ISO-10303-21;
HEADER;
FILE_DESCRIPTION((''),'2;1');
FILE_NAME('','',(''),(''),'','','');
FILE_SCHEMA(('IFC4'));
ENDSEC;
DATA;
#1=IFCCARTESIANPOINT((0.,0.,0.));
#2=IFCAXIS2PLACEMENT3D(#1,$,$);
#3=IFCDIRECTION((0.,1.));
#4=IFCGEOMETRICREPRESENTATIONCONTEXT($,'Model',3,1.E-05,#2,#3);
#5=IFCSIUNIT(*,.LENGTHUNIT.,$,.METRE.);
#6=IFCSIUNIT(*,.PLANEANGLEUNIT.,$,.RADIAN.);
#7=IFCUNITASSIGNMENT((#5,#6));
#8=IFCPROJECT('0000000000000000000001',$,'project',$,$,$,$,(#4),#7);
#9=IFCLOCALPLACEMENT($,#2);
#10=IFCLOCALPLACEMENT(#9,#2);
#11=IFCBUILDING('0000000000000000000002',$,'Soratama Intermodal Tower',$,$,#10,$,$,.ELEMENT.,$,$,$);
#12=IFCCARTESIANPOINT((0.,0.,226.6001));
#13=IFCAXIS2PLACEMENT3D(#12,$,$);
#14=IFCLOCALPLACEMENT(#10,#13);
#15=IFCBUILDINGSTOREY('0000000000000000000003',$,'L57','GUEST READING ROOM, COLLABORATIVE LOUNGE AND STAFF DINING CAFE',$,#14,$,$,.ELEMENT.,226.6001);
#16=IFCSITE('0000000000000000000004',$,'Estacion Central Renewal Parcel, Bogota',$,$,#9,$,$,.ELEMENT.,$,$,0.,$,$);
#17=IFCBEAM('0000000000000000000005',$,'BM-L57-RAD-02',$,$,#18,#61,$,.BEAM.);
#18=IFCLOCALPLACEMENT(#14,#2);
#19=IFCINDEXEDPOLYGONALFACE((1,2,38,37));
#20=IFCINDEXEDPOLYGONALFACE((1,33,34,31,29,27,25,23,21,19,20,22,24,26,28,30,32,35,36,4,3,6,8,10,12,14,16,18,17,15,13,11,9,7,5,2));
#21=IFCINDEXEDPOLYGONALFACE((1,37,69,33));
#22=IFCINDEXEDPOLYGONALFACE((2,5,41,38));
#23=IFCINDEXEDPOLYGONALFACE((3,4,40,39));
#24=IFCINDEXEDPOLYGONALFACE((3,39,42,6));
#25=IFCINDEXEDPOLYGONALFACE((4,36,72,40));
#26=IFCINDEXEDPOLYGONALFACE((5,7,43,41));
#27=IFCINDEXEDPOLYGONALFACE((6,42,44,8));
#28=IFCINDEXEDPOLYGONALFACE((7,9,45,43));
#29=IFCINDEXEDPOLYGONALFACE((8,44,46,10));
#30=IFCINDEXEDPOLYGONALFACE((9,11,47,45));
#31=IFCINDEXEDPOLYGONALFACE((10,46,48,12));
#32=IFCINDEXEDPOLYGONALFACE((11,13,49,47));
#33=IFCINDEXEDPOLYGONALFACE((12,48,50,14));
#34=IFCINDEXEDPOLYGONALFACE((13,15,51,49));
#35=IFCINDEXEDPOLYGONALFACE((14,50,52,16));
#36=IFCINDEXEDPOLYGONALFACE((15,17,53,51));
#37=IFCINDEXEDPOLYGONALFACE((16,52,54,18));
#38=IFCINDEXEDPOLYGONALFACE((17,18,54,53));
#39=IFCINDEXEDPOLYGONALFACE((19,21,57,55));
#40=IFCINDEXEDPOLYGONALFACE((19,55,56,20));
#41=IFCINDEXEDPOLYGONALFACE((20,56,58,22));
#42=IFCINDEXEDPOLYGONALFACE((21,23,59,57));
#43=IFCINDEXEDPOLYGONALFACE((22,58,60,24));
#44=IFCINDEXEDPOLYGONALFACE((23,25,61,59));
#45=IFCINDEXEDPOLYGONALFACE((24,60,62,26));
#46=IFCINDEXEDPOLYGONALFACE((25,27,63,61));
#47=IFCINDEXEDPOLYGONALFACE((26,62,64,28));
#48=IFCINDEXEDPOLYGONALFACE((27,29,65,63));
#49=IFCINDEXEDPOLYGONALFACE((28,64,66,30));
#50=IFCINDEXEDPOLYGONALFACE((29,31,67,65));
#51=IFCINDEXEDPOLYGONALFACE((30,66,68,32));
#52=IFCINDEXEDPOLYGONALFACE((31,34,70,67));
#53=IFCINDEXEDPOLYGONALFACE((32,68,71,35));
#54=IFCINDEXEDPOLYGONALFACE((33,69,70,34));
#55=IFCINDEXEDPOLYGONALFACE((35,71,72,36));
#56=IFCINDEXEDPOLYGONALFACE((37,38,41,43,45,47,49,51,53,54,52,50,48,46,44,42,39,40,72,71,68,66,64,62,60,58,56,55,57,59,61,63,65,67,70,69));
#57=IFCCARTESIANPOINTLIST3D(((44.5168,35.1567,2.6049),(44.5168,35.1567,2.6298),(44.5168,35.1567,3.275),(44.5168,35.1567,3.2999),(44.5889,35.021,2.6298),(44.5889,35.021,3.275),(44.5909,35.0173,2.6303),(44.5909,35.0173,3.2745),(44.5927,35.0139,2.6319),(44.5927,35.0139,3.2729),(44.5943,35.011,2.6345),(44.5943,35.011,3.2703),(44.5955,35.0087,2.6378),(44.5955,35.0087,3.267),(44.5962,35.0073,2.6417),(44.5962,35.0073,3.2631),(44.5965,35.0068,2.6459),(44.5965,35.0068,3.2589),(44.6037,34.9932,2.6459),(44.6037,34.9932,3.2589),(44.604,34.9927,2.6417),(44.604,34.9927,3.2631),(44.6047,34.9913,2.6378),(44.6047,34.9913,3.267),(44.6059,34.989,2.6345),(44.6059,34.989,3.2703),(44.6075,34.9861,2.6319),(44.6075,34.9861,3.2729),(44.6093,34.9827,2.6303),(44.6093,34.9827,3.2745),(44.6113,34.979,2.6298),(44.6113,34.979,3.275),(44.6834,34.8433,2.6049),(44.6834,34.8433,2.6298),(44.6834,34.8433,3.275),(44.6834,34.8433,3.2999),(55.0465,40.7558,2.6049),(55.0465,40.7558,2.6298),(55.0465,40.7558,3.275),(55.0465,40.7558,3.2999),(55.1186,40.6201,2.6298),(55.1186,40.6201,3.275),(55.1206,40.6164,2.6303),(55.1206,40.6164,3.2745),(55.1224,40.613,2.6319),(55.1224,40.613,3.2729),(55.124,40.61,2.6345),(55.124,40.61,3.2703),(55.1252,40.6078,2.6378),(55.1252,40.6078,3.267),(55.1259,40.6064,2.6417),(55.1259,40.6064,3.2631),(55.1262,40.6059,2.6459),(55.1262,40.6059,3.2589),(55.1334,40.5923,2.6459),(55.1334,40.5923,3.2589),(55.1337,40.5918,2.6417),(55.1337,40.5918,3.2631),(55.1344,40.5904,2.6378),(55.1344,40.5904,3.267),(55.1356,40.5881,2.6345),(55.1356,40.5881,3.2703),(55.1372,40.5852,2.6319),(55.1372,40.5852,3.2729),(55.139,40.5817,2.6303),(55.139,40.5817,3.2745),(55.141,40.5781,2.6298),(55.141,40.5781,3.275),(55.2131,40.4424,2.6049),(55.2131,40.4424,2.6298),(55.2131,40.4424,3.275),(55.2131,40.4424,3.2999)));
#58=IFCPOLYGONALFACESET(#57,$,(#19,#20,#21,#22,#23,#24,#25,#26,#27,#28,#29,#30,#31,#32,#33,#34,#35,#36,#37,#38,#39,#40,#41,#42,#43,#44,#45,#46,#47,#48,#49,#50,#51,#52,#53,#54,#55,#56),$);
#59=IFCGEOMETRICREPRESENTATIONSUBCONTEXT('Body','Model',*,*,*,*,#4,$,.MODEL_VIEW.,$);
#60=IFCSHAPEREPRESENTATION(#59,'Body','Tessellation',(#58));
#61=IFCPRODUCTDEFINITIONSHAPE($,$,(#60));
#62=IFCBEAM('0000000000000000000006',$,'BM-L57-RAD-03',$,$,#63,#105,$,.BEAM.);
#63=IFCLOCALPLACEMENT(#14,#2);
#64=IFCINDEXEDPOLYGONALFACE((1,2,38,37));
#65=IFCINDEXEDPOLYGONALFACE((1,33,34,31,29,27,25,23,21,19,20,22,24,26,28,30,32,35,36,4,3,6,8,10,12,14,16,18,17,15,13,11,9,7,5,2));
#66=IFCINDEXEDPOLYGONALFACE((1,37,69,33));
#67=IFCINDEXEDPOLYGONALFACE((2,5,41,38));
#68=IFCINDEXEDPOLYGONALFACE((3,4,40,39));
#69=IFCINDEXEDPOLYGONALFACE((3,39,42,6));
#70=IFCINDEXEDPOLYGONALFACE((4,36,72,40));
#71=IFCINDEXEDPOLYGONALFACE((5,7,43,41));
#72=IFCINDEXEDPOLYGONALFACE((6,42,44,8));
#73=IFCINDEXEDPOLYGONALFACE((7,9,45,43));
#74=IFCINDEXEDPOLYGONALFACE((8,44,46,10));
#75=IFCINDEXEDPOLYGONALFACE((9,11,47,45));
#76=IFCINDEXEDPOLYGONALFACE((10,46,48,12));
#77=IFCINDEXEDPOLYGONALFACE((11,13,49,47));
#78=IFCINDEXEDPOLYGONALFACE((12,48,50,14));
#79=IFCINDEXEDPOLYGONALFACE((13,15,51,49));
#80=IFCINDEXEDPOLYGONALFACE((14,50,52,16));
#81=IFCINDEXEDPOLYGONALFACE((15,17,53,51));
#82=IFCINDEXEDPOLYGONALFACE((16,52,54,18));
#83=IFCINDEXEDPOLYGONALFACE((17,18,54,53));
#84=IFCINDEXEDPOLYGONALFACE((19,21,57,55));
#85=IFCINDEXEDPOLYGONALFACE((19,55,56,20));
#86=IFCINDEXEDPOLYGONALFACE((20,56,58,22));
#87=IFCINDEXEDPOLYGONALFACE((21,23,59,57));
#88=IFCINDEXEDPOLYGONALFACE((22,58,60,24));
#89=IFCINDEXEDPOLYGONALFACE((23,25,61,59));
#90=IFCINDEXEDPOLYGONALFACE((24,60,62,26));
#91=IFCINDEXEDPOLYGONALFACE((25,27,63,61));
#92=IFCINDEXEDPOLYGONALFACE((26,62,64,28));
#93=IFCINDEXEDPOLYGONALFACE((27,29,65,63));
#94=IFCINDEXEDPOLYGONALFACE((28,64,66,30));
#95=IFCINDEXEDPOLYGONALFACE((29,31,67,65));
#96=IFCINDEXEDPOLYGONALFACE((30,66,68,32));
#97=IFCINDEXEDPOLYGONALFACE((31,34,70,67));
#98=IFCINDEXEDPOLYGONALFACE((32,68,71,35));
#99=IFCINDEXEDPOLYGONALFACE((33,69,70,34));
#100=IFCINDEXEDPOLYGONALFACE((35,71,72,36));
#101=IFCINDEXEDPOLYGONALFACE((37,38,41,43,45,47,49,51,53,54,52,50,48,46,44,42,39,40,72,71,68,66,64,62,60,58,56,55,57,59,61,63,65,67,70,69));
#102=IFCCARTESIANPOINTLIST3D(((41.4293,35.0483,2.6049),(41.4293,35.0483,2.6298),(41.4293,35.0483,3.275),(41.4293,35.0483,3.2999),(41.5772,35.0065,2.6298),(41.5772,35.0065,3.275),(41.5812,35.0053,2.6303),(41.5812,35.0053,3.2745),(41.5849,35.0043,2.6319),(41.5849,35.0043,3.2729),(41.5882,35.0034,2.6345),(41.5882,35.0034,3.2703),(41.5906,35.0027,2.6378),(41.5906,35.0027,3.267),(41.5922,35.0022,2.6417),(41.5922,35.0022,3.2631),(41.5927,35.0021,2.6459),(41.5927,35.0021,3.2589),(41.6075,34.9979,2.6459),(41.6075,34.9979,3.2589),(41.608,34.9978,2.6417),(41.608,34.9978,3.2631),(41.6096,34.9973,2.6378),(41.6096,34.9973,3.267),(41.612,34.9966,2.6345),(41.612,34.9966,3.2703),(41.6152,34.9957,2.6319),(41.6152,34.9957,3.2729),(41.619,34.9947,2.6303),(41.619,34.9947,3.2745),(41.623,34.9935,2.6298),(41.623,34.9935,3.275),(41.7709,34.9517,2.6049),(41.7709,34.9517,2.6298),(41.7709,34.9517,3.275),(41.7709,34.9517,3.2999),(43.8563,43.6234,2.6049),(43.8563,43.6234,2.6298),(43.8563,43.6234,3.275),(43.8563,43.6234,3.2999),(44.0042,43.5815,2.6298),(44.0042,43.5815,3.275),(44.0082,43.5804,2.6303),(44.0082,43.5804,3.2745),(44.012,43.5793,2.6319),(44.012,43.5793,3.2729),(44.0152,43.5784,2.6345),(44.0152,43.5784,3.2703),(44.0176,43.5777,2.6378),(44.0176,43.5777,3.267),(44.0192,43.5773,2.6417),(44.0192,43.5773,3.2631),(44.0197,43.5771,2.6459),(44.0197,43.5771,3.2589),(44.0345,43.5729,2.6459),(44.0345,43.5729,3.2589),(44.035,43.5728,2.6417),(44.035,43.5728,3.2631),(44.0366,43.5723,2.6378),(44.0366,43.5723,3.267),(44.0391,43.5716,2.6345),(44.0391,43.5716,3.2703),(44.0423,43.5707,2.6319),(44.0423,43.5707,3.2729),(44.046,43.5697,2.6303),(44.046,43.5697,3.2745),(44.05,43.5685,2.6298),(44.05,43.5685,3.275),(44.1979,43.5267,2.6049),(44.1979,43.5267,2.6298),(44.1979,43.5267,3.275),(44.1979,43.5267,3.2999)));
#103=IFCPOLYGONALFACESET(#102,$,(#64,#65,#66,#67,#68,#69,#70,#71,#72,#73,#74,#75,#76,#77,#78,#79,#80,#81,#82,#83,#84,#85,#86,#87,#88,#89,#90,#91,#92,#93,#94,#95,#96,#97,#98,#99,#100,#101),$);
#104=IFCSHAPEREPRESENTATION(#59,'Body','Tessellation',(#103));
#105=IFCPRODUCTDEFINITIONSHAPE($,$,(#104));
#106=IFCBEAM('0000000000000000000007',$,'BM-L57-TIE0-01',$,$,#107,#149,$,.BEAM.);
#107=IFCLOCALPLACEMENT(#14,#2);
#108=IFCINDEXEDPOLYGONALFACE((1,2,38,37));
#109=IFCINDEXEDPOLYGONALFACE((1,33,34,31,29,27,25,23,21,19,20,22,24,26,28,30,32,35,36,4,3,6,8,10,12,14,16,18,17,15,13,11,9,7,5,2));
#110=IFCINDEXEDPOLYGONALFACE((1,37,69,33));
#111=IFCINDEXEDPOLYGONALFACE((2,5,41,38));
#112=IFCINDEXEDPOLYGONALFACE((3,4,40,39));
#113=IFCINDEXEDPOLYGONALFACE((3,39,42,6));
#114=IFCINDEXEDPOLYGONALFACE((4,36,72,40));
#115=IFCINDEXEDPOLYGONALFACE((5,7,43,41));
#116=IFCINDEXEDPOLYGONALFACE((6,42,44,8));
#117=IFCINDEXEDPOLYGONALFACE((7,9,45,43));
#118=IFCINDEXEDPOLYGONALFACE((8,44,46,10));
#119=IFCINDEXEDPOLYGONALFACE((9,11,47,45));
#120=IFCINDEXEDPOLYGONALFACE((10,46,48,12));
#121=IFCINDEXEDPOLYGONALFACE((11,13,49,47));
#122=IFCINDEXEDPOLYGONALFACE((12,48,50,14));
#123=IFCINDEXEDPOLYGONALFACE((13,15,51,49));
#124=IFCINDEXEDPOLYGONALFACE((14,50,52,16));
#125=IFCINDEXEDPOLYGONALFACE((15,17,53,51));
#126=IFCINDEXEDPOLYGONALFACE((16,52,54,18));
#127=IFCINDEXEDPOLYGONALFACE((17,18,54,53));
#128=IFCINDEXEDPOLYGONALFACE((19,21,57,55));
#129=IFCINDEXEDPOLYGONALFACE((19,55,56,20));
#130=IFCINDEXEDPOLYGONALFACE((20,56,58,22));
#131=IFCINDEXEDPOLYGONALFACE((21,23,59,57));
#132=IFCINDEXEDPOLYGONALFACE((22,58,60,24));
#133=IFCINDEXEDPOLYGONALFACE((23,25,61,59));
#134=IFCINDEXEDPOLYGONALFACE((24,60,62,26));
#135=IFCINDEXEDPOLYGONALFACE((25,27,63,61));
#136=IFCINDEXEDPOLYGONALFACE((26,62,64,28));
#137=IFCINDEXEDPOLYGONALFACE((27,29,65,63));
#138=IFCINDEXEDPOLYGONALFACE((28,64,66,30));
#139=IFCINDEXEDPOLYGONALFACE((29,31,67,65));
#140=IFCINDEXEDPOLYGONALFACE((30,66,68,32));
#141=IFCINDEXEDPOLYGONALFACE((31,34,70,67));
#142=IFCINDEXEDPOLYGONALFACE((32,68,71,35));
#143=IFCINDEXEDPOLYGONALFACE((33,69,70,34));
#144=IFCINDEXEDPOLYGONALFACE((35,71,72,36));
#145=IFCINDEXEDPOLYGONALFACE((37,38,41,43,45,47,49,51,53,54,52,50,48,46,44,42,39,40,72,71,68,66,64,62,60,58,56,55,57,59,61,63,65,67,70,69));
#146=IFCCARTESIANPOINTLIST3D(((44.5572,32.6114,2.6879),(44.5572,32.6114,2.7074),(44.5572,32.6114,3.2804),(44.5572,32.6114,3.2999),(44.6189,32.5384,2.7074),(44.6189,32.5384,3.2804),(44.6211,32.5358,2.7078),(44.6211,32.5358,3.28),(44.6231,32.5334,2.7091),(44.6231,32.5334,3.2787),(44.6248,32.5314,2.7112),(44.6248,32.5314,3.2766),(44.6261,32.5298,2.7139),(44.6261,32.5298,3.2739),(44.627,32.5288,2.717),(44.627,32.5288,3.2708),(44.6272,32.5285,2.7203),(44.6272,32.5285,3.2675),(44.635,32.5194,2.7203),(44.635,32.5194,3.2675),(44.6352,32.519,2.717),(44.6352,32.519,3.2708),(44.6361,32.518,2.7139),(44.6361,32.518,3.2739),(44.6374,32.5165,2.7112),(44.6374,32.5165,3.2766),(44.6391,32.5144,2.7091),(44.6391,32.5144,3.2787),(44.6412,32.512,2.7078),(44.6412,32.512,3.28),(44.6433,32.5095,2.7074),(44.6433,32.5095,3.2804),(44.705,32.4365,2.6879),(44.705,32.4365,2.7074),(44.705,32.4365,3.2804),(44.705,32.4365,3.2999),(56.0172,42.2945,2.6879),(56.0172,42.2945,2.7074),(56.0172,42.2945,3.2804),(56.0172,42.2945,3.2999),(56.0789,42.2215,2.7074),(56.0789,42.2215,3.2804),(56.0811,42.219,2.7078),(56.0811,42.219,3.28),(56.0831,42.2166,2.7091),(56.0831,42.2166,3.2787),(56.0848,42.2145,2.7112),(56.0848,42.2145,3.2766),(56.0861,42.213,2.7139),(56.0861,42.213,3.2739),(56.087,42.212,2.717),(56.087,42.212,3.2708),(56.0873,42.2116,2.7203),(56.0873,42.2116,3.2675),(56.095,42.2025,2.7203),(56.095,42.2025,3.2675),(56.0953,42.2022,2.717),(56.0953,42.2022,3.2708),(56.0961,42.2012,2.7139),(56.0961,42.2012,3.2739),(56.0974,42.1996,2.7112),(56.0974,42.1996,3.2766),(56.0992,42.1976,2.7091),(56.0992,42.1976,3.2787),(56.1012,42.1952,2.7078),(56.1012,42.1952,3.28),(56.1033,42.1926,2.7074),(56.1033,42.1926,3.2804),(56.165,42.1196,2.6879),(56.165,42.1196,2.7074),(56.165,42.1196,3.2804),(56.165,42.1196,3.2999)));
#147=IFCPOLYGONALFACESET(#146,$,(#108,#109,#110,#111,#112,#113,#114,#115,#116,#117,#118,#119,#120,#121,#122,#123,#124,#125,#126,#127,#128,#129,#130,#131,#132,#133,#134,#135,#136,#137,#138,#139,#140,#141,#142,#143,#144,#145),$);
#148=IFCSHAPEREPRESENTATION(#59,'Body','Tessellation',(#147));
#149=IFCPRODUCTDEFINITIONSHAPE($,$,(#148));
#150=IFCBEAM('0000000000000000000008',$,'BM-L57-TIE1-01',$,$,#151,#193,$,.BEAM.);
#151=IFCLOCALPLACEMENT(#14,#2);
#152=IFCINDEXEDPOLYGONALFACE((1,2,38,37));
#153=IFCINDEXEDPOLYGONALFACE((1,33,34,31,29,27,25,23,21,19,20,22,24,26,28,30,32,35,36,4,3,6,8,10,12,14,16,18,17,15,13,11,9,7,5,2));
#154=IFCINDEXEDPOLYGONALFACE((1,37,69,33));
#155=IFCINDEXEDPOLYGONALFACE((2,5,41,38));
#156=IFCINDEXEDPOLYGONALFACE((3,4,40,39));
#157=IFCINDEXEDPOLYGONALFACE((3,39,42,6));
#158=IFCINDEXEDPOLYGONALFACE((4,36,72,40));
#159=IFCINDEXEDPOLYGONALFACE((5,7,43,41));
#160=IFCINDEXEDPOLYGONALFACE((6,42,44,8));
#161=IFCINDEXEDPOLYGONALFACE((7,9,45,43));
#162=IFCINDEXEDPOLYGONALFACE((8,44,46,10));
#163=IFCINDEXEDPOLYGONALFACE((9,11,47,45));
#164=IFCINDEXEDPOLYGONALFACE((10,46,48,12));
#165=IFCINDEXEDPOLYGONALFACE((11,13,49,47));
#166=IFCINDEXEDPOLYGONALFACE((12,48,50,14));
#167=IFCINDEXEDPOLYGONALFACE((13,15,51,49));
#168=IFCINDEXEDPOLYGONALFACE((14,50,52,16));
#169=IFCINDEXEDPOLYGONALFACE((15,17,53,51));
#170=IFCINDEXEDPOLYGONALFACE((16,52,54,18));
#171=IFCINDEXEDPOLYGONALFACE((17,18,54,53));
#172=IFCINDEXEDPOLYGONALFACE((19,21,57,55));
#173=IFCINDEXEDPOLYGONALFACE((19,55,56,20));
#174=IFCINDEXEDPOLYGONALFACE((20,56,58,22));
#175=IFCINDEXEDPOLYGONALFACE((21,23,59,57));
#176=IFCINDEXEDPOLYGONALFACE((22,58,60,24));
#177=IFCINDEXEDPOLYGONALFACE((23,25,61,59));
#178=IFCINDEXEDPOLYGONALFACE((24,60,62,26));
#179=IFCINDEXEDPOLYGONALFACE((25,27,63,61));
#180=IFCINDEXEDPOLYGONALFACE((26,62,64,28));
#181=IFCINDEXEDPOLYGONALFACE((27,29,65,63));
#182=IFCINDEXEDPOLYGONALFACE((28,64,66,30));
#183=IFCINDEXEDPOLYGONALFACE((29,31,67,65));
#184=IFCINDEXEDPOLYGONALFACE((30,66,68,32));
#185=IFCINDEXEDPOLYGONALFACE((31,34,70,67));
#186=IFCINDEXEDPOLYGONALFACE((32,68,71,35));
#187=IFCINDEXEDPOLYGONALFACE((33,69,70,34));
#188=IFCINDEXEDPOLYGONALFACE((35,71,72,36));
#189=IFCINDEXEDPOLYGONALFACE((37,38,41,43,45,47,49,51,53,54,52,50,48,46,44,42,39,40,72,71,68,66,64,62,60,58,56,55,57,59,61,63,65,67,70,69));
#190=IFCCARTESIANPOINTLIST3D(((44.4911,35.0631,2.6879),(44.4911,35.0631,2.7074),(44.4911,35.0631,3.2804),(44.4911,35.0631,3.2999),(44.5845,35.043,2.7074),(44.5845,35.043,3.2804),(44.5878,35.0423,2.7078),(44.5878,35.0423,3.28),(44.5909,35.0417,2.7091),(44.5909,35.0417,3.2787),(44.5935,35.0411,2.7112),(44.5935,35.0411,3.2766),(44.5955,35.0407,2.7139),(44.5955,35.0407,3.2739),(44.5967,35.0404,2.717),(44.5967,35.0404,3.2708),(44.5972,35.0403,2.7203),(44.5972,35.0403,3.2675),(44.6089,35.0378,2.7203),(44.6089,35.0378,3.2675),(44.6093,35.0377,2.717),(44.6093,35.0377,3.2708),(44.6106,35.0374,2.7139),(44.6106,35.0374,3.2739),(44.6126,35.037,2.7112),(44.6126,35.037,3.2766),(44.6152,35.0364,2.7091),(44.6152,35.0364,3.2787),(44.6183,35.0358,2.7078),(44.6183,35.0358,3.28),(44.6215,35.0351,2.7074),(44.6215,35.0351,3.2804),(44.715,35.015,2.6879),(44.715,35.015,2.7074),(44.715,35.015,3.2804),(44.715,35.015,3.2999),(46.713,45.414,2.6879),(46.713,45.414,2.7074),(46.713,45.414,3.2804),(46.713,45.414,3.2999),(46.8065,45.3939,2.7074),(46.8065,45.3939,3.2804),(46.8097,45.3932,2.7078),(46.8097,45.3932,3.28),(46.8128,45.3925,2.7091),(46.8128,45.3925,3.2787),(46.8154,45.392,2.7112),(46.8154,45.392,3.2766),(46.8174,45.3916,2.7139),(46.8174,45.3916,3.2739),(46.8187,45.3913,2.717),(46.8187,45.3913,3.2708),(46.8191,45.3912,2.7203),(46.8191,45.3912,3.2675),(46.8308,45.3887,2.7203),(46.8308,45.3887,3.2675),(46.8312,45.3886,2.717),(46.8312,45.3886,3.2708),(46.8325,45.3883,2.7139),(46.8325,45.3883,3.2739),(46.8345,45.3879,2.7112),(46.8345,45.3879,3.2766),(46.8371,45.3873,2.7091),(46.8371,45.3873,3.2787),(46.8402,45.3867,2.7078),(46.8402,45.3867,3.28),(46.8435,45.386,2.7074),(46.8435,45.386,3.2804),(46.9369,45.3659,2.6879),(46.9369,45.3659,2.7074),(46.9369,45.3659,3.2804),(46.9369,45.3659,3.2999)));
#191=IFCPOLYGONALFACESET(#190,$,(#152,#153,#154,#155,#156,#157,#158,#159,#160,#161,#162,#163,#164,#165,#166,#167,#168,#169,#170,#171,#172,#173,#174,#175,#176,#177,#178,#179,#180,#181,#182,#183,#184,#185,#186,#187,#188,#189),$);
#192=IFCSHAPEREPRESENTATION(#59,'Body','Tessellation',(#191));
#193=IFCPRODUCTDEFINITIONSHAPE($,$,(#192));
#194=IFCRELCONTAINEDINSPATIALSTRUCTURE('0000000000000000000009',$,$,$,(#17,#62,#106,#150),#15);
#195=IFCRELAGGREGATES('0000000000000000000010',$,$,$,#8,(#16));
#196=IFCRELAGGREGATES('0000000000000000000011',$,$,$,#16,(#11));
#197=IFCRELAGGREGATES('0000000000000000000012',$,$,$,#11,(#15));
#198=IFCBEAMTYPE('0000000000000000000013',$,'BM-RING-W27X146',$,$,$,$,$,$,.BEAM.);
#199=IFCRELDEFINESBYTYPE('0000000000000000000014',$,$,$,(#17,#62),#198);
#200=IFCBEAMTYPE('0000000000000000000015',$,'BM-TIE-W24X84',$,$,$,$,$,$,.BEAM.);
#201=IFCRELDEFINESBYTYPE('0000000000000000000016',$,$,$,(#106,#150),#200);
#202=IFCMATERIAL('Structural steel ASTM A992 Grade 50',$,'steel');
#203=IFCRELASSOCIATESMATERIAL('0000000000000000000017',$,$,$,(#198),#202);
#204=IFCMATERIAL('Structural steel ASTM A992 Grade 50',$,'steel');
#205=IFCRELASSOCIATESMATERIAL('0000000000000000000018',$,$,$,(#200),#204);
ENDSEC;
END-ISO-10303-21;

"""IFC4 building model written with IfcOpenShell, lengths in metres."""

from ifc_helpers import new_model, si_unit, direction, frame, origin, origin_2d, place, context, subcontext, project, spatial, i_section, extrude, material, material_profile, profile_set, type_object, element, save


model = new_model("IFC4")

# Units and contexts
model_context = context("Model", 3, precision=1e-05, world=origin(), true_north=direction((0.0, 1.0)))
body_context = subcontext(model_context, "Body", "Model", "MODEL_VIEW")
ifc_project = project(units=[si_unit("LENGTHUNIT", "METRE"), si_unit("PLANEANGLEUNIT", "RADIAN")], contexts=[model_context])

# Site, building, storey
site_placement = place(None, origin())
site = spatial("IfcSite", under=ifc_project, at=site_placement, Name="Estacion Central Renewal Parcel, Bogota", CompositionType="ELEMENT", RefElevation=0.0)
building_placement = place(site_placement, origin())
building = spatial("IfcBuilding", under=site, at=building_placement, Name="Soratama Intermodal Tower", CompositionType="ELEMENT")
storey_placement = place(building_placement, frame((0.0, 0.0, 226.6001)))
storey = spatial("IfcBuildingStorey", under=building, at=storey_placement, Name="L57", Description="GUEST READING ROOM, COLLABORATIVE LOUNGE AND STAFF DINING CAFE", CompositionType="ELEMENT", Elevation=226.6001)

# Beams
ifc_material_1 = material(Name="Structural steel ASTM A992 Grade 50", Category="steel")
ifc_material_profile_1 = material_profile(ifc_material_1, i_section(OverallWidth=0.355, OverallDepth=0.6951, WebThickness=0.0154, FlangeThickness=0.0249, FilletRadius=0.0161, at=origin_2d()), Name="W27X146")
ifc_profile_set_1 = profile_set([ifc_material_profile_1], Name="Structural steel ASTM A992 Grade 50")
beam_type_1 = type_object("IfcBeamType", Name="BM-RING-W27X146", PredefinedType="BEAM", material=ifc_profile_set_1)
beam_1_placement = place(storey_placement, frame((44.6001, 35.0, 2.9524), z_axis=(0.882936, 0.469493, 0.0), x_axis=(-0.469493, 0.882936, 0.0)))
element("IfcBeam", 1, at=beam_1_placement, inside=storey, type_object=beam_type_1, Name="BM-L57-RAD-02", PredefinedType="BEAM", context=body_context, shape_type="SweptSolid", body=[
    extrude(i_section(OverallWidth=0.355, OverallDepth=0.6951, WebThickness=0.0154, FlangeThickness=0.0249, FilletRadius=0.0161, at=origin_2d()), origin(), (0.0, 0.0, 1.0), 11.9258),
])
beam_2_placement = place(storey_placement, frame((41.6001, 35.0, 2.9524), z_axis=(0.272336, 0.962202, 0.0), x_axis=(-0.962202, 0.272336, 0.0)))
element("IfcBeam", 2, at=beam_2_placement, inside=storey, type_object=beam_type_1, Name="BM-L57-RAD-03", PredefinedType="BEAM", context=body_context, shape_type="SweptSolid", body=[
    extrude(i_section(OverallWidth=0.355, OverallDepth=0.6951, WebThickness=0.0154, FlangeThickness=0.0249, FilletRadius=0.0161, at=origin_2d()), origin(), (0.0, 0.0, 1.0), 8.9119),
])
ifc_material_2 = material(Name="Structural steel ASTM A992 Grade 50", Category="steel")
ifc_material_profile_2 = material_profile(ifc_material_2, i_section(OverallWidth=0.229, OverallDepth=0.6121, WebThickness=0.012, FlangeThickness=0.0195, FilletRadius=0.0129, at=origin_2d()), Name="W24X84")
ifc_profile_set_2 = profile_set([ifc_material_profile_2], Name="Structural steel ASTM A992 Grade 50")
beam_type_2 = type_object("IfcBeamType", Name="BM-TIE-W24X84", PredefinedType="BEAM", material=ifc_profile_set_2)
beam_3_placement = place(storey_placement, frame((44.6311, 32.5239, 2.9939), z_axis=(0.763839, 0.645407, 0.0), x_axis=(-0.645407, 0.763839, 0.0)))
element("IfcBeam", 3, at=beam_3_placement, inside=storey, type_object=beam_type_2, Name="BM-L57-TIE0-01", PredefinedType="BEAM", context=body_context, shape_type="SweptSolid", body=[
    extrude(i_section(OverallWidth=0.229, OverallDepth=0.6121, WebThickness=0.012, FlangeThickness=0.0195, FilletRadius=0.0129, at=origin_2d()), origin(), (0.0, 0.0, 1.0), 15.0032),
])
beam_4_placement = place(storey_placement, frame((44.603, 35.0391, 2.9939), z_axis=(0.20988, 0.977727, 0.0), x_axis=(-0.977727, 0.20988, 0.0)))
element("IfcBeam", 4, at=beam_4_placement, inside=storey, type_object=beam_type_2, Name="BM-L57-TIE1-01", PredefinedType="BEAM", context=body_context, shape_type="SweptSolid", body=[
    extrude(i_section(OverallWidth=0.229, OverallDepth=0.6121, WebThickness=0.012, FlangeThickness=0.0195, FilletRadius=0.0129, at=origin_2d()), origin(), (0.0, 0.0, 1.0), 10.5867),
])

save(model, "model.ifc")
